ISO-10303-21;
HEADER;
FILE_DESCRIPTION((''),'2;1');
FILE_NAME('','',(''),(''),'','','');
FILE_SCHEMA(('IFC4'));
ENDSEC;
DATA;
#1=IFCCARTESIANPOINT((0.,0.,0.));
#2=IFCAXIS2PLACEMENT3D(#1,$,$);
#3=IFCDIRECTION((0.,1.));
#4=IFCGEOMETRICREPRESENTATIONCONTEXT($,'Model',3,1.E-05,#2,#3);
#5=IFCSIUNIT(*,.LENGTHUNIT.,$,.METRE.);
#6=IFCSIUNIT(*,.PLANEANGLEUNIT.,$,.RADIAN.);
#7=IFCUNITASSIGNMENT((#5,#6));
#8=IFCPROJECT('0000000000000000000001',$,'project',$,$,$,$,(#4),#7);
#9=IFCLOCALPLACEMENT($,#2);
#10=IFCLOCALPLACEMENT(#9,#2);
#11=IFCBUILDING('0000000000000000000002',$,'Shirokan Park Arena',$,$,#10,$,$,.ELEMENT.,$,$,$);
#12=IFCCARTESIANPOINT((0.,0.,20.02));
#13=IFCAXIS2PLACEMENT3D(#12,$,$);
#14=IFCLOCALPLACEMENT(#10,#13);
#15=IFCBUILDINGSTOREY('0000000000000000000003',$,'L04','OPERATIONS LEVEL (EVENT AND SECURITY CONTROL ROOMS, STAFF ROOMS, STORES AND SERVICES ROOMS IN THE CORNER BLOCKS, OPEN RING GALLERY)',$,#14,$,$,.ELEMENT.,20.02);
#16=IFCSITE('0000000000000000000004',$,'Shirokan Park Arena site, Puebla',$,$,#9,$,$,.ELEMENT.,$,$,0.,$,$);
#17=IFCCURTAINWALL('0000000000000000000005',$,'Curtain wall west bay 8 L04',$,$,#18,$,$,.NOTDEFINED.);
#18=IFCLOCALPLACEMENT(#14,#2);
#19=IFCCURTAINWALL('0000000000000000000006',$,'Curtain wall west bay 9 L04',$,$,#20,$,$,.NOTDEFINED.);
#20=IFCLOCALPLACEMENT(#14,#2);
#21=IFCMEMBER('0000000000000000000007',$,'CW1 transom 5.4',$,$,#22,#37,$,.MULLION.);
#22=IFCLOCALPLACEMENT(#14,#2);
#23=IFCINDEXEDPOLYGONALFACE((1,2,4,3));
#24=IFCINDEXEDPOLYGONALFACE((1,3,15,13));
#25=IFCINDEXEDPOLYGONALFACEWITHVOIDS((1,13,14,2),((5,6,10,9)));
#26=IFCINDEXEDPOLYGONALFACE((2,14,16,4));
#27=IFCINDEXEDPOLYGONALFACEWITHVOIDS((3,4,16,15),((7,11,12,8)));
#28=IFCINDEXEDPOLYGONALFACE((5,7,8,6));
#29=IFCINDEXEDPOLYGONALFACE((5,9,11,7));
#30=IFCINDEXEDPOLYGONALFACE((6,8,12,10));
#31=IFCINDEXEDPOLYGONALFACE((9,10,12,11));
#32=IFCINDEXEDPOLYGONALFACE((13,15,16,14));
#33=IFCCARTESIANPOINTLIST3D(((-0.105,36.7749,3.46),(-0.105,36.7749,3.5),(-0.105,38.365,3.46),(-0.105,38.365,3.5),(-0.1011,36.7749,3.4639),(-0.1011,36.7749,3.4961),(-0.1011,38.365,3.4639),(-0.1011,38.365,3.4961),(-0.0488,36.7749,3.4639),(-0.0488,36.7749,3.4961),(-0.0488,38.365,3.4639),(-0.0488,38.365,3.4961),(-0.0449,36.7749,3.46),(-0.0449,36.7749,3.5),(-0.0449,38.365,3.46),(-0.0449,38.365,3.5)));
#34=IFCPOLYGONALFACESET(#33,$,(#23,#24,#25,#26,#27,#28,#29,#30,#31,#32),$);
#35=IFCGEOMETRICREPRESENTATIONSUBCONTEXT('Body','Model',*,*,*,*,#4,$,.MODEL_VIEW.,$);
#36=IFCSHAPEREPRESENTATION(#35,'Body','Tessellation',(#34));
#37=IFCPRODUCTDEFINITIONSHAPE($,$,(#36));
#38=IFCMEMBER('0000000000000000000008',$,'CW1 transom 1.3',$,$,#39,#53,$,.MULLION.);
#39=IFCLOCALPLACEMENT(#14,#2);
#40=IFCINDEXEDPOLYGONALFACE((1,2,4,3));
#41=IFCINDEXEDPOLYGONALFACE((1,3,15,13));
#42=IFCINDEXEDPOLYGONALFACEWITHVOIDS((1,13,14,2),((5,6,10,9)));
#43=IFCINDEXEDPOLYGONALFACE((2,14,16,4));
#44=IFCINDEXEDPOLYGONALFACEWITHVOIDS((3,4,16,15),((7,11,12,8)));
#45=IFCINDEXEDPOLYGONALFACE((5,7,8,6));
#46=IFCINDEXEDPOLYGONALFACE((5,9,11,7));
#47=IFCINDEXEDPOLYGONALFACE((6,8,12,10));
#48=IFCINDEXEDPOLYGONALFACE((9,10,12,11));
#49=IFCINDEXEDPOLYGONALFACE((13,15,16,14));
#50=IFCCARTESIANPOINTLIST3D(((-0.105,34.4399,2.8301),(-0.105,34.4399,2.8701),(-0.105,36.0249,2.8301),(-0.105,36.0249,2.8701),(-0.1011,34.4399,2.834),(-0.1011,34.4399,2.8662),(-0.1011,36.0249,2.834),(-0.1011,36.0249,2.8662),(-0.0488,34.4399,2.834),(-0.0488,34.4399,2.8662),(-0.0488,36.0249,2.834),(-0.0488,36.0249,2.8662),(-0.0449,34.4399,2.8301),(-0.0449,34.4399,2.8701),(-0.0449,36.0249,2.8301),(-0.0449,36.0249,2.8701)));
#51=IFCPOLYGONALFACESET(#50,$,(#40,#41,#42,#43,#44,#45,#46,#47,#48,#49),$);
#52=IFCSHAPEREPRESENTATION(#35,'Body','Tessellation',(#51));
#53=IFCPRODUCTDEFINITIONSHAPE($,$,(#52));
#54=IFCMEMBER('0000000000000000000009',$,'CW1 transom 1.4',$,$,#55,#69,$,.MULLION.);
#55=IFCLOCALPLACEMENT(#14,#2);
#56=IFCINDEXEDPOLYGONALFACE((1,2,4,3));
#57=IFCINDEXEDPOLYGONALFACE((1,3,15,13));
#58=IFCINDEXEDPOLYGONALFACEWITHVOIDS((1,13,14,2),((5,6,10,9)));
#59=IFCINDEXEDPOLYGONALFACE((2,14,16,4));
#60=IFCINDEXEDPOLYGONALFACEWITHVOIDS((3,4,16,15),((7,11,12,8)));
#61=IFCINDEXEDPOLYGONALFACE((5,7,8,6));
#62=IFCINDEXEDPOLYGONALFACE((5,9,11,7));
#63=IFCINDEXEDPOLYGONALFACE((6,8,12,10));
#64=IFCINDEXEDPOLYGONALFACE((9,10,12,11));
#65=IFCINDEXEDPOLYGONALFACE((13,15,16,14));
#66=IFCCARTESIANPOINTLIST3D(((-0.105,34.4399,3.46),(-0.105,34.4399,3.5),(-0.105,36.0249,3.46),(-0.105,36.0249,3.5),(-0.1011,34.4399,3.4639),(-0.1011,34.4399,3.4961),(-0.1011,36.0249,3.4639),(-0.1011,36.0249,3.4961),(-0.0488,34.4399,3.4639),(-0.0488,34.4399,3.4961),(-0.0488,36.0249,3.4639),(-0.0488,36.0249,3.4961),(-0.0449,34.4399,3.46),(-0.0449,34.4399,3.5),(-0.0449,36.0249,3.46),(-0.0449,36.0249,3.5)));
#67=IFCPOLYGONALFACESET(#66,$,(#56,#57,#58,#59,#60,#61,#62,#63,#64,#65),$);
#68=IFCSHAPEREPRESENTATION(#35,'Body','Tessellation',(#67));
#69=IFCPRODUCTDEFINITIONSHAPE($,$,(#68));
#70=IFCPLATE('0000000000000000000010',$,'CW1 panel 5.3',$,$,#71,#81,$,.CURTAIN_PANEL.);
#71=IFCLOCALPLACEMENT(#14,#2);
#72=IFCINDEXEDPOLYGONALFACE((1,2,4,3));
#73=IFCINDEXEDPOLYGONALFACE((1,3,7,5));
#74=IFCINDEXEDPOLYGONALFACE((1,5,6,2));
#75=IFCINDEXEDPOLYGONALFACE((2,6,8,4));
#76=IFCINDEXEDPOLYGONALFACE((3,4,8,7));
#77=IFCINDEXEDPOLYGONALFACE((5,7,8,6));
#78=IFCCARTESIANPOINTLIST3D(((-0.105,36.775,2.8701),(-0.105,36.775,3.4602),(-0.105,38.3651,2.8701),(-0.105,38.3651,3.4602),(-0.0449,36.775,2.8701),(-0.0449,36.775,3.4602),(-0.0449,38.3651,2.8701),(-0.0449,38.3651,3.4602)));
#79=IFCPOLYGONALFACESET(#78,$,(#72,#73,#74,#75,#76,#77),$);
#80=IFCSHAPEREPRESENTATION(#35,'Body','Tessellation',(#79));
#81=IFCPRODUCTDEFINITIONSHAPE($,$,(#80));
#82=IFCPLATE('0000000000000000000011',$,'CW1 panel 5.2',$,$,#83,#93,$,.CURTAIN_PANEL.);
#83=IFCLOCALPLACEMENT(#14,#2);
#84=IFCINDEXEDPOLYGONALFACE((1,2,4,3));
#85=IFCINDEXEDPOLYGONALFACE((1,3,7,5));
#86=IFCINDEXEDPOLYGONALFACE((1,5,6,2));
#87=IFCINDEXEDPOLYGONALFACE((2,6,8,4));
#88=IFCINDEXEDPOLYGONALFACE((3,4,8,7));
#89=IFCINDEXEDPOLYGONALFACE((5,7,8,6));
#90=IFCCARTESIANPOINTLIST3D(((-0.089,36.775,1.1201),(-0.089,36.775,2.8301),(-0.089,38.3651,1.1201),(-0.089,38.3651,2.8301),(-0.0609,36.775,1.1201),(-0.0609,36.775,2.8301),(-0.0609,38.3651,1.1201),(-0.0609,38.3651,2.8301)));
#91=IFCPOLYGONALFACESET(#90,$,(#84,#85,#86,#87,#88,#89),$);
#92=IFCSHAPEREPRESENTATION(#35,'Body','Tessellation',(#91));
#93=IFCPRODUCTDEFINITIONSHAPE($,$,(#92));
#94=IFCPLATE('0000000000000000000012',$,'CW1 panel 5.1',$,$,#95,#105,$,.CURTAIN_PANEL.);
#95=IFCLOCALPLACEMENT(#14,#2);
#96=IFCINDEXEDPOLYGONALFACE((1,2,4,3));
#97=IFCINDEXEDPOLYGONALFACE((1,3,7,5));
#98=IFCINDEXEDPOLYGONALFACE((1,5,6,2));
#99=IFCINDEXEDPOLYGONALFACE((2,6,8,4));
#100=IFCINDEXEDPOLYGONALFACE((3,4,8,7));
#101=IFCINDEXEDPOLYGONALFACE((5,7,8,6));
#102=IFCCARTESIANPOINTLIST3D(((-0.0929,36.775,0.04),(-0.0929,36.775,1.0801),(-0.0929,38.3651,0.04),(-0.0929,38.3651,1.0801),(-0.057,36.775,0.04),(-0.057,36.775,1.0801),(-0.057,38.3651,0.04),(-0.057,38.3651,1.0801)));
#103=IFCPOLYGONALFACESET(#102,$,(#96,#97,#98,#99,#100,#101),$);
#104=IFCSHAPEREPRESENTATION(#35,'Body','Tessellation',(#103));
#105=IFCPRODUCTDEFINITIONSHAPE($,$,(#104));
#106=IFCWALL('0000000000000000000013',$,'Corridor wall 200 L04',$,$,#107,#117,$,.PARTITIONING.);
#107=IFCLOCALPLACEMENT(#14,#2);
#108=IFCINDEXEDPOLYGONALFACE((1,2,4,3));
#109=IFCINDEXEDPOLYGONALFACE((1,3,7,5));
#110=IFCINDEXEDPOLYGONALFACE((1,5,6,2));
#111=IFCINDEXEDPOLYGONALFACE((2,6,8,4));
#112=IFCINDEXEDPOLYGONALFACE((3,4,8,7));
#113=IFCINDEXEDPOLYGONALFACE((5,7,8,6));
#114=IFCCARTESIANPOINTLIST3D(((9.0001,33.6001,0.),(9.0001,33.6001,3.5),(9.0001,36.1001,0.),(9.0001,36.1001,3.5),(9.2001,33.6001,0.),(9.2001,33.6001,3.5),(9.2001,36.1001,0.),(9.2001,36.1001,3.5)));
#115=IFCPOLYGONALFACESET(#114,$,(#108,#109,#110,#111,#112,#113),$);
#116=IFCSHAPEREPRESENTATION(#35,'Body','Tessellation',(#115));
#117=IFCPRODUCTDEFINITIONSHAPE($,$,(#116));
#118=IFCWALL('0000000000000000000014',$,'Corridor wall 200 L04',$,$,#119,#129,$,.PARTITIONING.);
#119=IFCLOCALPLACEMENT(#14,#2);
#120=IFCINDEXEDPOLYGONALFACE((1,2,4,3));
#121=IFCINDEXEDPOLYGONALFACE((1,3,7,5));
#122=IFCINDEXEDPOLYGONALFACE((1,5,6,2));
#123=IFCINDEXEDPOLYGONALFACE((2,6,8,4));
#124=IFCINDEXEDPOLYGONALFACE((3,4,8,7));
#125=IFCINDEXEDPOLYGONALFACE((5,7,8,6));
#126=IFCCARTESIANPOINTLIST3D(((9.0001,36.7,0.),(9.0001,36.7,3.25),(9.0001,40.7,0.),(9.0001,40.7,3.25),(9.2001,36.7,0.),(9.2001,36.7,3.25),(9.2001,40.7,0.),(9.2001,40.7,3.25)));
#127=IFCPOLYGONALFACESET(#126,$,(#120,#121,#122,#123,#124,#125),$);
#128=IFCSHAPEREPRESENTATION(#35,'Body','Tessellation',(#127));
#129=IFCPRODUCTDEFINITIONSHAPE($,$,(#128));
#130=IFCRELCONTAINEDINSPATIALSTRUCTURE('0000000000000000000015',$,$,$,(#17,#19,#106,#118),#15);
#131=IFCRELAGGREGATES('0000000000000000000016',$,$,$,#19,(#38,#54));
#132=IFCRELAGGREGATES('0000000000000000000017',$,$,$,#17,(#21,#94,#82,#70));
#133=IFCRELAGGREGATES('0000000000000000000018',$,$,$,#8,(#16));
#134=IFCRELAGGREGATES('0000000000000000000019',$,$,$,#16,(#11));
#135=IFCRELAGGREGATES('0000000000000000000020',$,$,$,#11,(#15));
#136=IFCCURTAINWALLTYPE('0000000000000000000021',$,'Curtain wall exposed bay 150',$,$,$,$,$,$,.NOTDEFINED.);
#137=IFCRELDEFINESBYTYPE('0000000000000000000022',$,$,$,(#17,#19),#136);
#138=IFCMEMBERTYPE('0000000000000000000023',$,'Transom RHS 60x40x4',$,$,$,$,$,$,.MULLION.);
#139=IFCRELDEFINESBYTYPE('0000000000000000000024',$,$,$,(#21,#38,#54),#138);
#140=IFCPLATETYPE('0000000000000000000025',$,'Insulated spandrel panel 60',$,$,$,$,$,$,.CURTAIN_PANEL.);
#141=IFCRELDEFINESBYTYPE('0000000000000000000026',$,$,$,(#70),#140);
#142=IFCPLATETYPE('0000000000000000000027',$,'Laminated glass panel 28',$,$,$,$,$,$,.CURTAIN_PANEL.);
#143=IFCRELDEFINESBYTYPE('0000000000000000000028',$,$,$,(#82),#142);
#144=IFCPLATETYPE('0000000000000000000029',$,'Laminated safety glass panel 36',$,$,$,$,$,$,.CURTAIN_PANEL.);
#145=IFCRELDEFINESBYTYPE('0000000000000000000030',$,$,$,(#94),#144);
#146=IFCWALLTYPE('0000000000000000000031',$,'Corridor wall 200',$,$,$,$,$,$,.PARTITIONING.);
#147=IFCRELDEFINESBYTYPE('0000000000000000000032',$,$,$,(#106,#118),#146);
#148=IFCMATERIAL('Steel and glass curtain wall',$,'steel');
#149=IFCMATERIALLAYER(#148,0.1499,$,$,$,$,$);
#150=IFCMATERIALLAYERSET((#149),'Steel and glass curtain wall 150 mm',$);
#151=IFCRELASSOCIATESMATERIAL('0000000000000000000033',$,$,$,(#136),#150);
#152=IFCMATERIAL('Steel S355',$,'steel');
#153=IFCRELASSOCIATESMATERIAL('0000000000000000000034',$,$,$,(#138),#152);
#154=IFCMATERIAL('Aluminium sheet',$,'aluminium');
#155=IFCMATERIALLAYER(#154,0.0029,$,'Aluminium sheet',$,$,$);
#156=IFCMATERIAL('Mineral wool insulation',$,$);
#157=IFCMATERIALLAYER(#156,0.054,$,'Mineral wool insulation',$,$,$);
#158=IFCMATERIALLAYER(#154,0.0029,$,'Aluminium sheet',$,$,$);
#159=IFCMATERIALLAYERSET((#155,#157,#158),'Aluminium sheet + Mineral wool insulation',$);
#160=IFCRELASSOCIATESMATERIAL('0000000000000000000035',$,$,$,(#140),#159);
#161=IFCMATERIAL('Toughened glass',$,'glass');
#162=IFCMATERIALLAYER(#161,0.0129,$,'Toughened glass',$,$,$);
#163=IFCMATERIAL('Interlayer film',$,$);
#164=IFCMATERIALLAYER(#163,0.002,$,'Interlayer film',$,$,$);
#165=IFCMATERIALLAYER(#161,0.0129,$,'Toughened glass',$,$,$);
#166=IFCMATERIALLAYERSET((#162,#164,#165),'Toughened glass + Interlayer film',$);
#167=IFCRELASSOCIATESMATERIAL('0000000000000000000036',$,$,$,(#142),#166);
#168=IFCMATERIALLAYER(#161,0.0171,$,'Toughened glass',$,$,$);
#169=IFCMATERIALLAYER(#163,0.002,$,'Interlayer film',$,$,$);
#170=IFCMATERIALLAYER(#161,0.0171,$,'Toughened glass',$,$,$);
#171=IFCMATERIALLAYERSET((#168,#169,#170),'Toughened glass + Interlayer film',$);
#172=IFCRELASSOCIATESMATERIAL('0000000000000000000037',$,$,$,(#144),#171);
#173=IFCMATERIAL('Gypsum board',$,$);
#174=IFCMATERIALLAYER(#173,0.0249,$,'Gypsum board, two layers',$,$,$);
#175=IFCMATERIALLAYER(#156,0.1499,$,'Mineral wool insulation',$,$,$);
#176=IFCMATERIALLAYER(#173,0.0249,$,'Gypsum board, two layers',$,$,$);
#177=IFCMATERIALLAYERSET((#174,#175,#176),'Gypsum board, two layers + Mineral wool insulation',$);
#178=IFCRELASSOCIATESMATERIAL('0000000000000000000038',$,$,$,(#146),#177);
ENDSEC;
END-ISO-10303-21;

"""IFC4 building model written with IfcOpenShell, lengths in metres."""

from ifc_helpers import new_model, si_unit, direction, frame, frame_2d, origin, origin_2d, place, context, subcontext, project, spatial, rectangle, hollow_rectangle, extrude, material, layer, layer_set, material_profile, profile_set, type_object, element, aggregate, save


model = new_model("IFC4")

# Units and contexts
model_context = context("Model", 3, precision=1e-05, world=origin(), true_north=direction((0.0, 1.0)))
body_context = subcontext(model_context, "Body", "Model", "MODEL_VIEW")
ifc_project = project(units=[si_unit("LENGTHUNIT", "METRE"), si_unit("PLANEANGLEUNIT", "RADIAN")], contexts=[model_context])

# Site, building, storey
site_placement = place(None, origin())
site = spatial("IfcSite", under=ifc_project, at=site_placement, Name="Shirokan Park Arena site, Puebla", CompositionType="ELEMENT", RefElevation=0.0)
building_placement = place(site_placement, origin())
building = spatial("IfcBuilding", under=site, at=building_placement, Name="Shirokan Park Arena", CompositionType="ELEMENT")
storey_placement = place(building_placement, frame((0.0, 0.0, 20.02)))
storey = spatial("IfcBuildingStorey", under=building, at=storey_placement, Name="L04", Description="OPERATIONS LEVEL (EVENT AND SECURITY CONTROL ROOMS, STAFF ROOMS, STORES AND SERVICES ROOMS IN THE CORNER BLOCKS, OPEN RING GALLERY)", CompositionType="ELEMENT", Elevation=20.02)

# Curtain walls
ifc_material_1 = material(Name="Steel and glass curtain wall", Category="steel")
ifc_layer_1 = layer(ifc_material_1, 0.1499)
ifc_layer_set_1 = layer_set([ifc_layer_1], Name="Steel and glass curtain wall 150 mm")
curtain_wall_type = type_object("IfcCurtainWallType", Name="Curtain wall exposed bay 150", PredefinedType="NOTDEFINED", material=ifc_layer_set_1)
curtain_wall_1_placement = place(storey_placement, origin())
curtain_wall_1 = element("IfcCurtainWall", 1, at=curtain_wall_1_placement, inside=storey, type_object=curtain_wall_type, Name="Curtain wall west bay 8 L04", PredefinedType="NOTDEFINED")
ifc_material_2 = material(Name="Steel S355", Category="steel")
curtain_wall_2_placement = place(storey_placement, origin())
curtain_wall_2 = element("IfcCurtainWall", 2, at=curtain_wall_2_placement, inside=storey, type_object=curtain_wall_type, Name="Curtain wall west bay 9 L04", PredefinedType="NOTDEFINED")

# Members
ifc_material_profile_1 = material_profile(ifc_material_2, hollow_rectangle(XDim=0.0601, YDim=0.04, WallThickness=0.0039, at=origin_2d()), Name="RHS 60x40x4")
ifc_profile_set_1 = profile_set([ifc_material_profile_1], Name="Steel S355")
member_type_1 = type_object("IfcMemberType", Name="Transom RHS 60x40x4", PredefinedType="MULLION", material=ifc_profile_set_1)
member_1_placement = place(storey_placement, frame((-0.075, 38.365, 3.48), z_axis=(0.0, -1.0, 0.0), x_axis=(1.0, 0.0, 0.0)))
member_1 = element("IfcMember", 3, at=member_1_placement, type_object=member_type_1, Name="CW1 transom 5.4", PredefinedType="MULLION", context=body_context, shape_type="SweptSolid", body=[
    extrude(hollow_rectangle(XDim=0.0601, YDim=0.04, WallThickness=0.0039, at=origin_2d()), origin(), (0.0, 0.0, 1.0), 1.5901),
])
member_2_placement = place(storey_placement, frame((-0.075, 36.0249, 2.8501), z_axis=(0.0, -1.0, 0.0), x_axis=(1.0, 0.0, 0.0)))
member_2 = element("IfcMember", 4, at=member_2_placement, type_object=member_type_1, Name="CW1 transom 1.3", PredefinedType="MULLION", context=body_context, shape_type="SweptSolid", body=[
    extrude(hollow_rectangle(XDim=0.0601, YDim=0.04, WallThickness=0.0039, at=origin_2d()), origin(), (0.0, 0.0, 1.0), 1.585),
])
member_3_placement = place(storey_placement, frame((-0.075, 36.0249, 3.48), z_axis=(0.0, -1.0, 0.0), x_axis=(1.0, 0.0, 0.0)))
member_3 = element("IfcMember", 5, at=member_3_placement, type_object=member_type_1, Name="CW1 transom 1.4", PredefinedType="MULLION", context=body_context, shape_type="SweptSolid", body=[
    extrude(hollow_rectangle(XDim=0.0601, YDim=0.04, WallThickness=0.0039, at=origin_2d()), origin(), (0.0, 0.0, 1.0), 1.585),
])
aggregate(curtain_wall_2, [member_2, member_3])

# Plates
ifc_material_3 = material(Name="Aluminium sheet", Category="aluminium")
ifc_layer_2 = layer(ifc_material_3, 0.0029, Name="Aluminium sheet")
ifc_material_4 = material(Name="Mineral wool insulation")
ifc_layer_3 = layer(ifc_material_4, 0.054, Name="Mineral wool insulation")
ifc_layer_4 = layer(ifc_material_3, 0.0029, Name="Aluminium sheet")
ifc_layer_set_2 = layer_set([ifc_layer_2, ifc_layer_3, ifc_layer_4], Name="Aluminium sheet + Mineral wool insulation")
plate_type_1 = type_object("IfcPlateType", Name="Insulated spandrel panel 60", PredefinedType="CURTAIN_PANEL", material=ifc_layer_set_2)
plate_1_placement = place(storey_placement, frame((-0.075, 37.5701, 2.8701), z_axis=(0.0, 0.0, 1.0), x_axis=(0.0, -1.0, 0.0)))
plate_1 = element("IfcPlate", 6, at=plate_1_placement, type_object=plate_type_1, Name="CW1 panel 5.3", PredefinedType="CURTAIN_PANEL", context=body_context, shape_type="SweptSolid", body=[
    extrude(rectangle(XDim=1.5901, YDim=0.0601, at=origin_2d()), origin(), (0.0, 0.0, 1.0), 0.5901),
])
ifc_material_5 = material(Name="Toughened glass", Category="glass")
ifc_layer_5 = layer(ifc_material_5, 0.0129, Name="Toughened glass")
ifc_material_6 = material(Name="Interlayer film")
ifc_layer_6 = layer(ifc_material_6, 0.002, Name="Interlayer film")
ifc_layer_7 = layer(ifc_material_5, 0.0129, Name="Toughened glass")
ifc_layer_set_3 = layer_set([ifc_layer_5, ifc_layer_6, ifc_layer_7], Name="Toughened glass + Interlayer film")
plate_type_2 = type_object("IfcPlateType", Name="Laminated glass panel 28", PredefinedType="CURTAIN_PANEL", material=ifc_layer_set_3)
plate_2_placement = place(storey_placement, frame((-0.075, 37.5701, 1.1201), z_axis=(0.0, 0.0, 1.0), x_axis=(0.0, -1.0, 0.0)))
plate_2 = element("IfcPlate", 7, at=plate_2_placement, type_object=plate_type_2, Name="CW1 panel 5.2", PredefinedType="CURTAIN_PANEL", context=body_context, shape_type="SweptSolid", body=[
    extrude(rectangle(XDim=1.5901, YDim=0.0281, at=origin_2d()), origin(), (0.0, 0.0, 1.0), 1.71),
])
ifc_layer_8 = layer(ifc_material_5, 0.0171, Name="Toughened glass")
ifc_layer_9 = layer(ifc_material_6, 0.002, Name="Interlayer film")
ifc_layer_10 = layer(ifc_material_5, 0.0171, Name="Toughened glass")
ifc_layer_set_4 = layer_set([ifc_layer_8, ifc_layer_9, ifc_layer_10], Name="Toughened glass + Interlayer film")
plate_type_3 = type_object("IfcPlateType", Name="Laminated safety glass panel 36", PredefinedType="CURTAIN_PANEL", material=ifc_layer_set_4)
plate_3_placement = place(storey_placement, frame((-0.075, 37.5701, 0.04), z_axis=(0.0, 0.0, 1.0), x_axis=(0.0, -1.0, 0.0)))
plate_3 = element("IfcPlate", 8, at=plate_3_placement, type_object=plate_type_3, Name="CW1 panel 5.1", PredefinedType="CURTAIN_PANEL", context=body_context, shape_type="SweptSolid", body=[
    extrude(rectangle(XDim=1.5901, YDim=0.0359, at=origin_2d()), origin(), (0.0, 0.0, 1.0), 1.04),
])
aggregate(curtain_wall_1, [member_1, plate_3, plate_2, plate_1])

# Shared definitions
ifc_material_7 = material(Name="Gypsum board")
ifc_layer_11 = layer(ifc_material_7, 0.0249, Name="Gypsum board, two layers")
ifc_layer_12 = layer(ifc_material_4, 0.1499, Name="Mineral wool insulation")
ifc_layer_13 = layer(ifc_material_7, 0.0249, Name="Gypsum board, two layers")
ifc_layer_set_5 = layer_set([ifc_layer_11, ifc_layer_12, ifc_layer_13], Name="Gypsum board, two layers + Mineral wool insulation")
wall_type = type_object("IfcWallType", Name="Corridor wall 200", PredefinedType="PARTITIONING", material=ifc_layer_set_5)

# Walls
wall_1_placement = place(storey_placement, frame((9.1001, 33.6001, 0.0), z_axis=(0.0, 0.0, 1.0), x_axis=(0.0, 1.0, 0.0)))
element("IfcWall", 9, at=wall_1_placement, inside=storey, type_object=wall_type, Name="Corridor wall 200 L04", PredefinedType="PARTITIONING", context=body_context, shape_type="SweptSolid", body=[
    extrude(rectangle(XDim=2.5, YDim=0.2, at=frame_2d((1.25, 0.0))), origin(), (0.0, 0.0, 1.0), 3.5),
])
wall_2_placement = place(storey_placement, frame((9.1001, 36.7, 0.0), z_axis=(0.0, 0.0, 1.0), x_axis=(0.0, 1.0, 0.0)))
element("IfcWall", 10, at=wall_2_placement, inside=storey, type_object=wall_type, Name="Corridor wall 200 L04", PredefinedType="PARTITIONING", context=body_context, shape_type="SweptSolid", body=[
    extrude(rectangle(XDim=4.0, YDim=0.2, at=frame_2d((2.0, 0.0))), origin(), (0.0, 0.0, 1.0), 3.25),
])

save(model, "model.ifc")
